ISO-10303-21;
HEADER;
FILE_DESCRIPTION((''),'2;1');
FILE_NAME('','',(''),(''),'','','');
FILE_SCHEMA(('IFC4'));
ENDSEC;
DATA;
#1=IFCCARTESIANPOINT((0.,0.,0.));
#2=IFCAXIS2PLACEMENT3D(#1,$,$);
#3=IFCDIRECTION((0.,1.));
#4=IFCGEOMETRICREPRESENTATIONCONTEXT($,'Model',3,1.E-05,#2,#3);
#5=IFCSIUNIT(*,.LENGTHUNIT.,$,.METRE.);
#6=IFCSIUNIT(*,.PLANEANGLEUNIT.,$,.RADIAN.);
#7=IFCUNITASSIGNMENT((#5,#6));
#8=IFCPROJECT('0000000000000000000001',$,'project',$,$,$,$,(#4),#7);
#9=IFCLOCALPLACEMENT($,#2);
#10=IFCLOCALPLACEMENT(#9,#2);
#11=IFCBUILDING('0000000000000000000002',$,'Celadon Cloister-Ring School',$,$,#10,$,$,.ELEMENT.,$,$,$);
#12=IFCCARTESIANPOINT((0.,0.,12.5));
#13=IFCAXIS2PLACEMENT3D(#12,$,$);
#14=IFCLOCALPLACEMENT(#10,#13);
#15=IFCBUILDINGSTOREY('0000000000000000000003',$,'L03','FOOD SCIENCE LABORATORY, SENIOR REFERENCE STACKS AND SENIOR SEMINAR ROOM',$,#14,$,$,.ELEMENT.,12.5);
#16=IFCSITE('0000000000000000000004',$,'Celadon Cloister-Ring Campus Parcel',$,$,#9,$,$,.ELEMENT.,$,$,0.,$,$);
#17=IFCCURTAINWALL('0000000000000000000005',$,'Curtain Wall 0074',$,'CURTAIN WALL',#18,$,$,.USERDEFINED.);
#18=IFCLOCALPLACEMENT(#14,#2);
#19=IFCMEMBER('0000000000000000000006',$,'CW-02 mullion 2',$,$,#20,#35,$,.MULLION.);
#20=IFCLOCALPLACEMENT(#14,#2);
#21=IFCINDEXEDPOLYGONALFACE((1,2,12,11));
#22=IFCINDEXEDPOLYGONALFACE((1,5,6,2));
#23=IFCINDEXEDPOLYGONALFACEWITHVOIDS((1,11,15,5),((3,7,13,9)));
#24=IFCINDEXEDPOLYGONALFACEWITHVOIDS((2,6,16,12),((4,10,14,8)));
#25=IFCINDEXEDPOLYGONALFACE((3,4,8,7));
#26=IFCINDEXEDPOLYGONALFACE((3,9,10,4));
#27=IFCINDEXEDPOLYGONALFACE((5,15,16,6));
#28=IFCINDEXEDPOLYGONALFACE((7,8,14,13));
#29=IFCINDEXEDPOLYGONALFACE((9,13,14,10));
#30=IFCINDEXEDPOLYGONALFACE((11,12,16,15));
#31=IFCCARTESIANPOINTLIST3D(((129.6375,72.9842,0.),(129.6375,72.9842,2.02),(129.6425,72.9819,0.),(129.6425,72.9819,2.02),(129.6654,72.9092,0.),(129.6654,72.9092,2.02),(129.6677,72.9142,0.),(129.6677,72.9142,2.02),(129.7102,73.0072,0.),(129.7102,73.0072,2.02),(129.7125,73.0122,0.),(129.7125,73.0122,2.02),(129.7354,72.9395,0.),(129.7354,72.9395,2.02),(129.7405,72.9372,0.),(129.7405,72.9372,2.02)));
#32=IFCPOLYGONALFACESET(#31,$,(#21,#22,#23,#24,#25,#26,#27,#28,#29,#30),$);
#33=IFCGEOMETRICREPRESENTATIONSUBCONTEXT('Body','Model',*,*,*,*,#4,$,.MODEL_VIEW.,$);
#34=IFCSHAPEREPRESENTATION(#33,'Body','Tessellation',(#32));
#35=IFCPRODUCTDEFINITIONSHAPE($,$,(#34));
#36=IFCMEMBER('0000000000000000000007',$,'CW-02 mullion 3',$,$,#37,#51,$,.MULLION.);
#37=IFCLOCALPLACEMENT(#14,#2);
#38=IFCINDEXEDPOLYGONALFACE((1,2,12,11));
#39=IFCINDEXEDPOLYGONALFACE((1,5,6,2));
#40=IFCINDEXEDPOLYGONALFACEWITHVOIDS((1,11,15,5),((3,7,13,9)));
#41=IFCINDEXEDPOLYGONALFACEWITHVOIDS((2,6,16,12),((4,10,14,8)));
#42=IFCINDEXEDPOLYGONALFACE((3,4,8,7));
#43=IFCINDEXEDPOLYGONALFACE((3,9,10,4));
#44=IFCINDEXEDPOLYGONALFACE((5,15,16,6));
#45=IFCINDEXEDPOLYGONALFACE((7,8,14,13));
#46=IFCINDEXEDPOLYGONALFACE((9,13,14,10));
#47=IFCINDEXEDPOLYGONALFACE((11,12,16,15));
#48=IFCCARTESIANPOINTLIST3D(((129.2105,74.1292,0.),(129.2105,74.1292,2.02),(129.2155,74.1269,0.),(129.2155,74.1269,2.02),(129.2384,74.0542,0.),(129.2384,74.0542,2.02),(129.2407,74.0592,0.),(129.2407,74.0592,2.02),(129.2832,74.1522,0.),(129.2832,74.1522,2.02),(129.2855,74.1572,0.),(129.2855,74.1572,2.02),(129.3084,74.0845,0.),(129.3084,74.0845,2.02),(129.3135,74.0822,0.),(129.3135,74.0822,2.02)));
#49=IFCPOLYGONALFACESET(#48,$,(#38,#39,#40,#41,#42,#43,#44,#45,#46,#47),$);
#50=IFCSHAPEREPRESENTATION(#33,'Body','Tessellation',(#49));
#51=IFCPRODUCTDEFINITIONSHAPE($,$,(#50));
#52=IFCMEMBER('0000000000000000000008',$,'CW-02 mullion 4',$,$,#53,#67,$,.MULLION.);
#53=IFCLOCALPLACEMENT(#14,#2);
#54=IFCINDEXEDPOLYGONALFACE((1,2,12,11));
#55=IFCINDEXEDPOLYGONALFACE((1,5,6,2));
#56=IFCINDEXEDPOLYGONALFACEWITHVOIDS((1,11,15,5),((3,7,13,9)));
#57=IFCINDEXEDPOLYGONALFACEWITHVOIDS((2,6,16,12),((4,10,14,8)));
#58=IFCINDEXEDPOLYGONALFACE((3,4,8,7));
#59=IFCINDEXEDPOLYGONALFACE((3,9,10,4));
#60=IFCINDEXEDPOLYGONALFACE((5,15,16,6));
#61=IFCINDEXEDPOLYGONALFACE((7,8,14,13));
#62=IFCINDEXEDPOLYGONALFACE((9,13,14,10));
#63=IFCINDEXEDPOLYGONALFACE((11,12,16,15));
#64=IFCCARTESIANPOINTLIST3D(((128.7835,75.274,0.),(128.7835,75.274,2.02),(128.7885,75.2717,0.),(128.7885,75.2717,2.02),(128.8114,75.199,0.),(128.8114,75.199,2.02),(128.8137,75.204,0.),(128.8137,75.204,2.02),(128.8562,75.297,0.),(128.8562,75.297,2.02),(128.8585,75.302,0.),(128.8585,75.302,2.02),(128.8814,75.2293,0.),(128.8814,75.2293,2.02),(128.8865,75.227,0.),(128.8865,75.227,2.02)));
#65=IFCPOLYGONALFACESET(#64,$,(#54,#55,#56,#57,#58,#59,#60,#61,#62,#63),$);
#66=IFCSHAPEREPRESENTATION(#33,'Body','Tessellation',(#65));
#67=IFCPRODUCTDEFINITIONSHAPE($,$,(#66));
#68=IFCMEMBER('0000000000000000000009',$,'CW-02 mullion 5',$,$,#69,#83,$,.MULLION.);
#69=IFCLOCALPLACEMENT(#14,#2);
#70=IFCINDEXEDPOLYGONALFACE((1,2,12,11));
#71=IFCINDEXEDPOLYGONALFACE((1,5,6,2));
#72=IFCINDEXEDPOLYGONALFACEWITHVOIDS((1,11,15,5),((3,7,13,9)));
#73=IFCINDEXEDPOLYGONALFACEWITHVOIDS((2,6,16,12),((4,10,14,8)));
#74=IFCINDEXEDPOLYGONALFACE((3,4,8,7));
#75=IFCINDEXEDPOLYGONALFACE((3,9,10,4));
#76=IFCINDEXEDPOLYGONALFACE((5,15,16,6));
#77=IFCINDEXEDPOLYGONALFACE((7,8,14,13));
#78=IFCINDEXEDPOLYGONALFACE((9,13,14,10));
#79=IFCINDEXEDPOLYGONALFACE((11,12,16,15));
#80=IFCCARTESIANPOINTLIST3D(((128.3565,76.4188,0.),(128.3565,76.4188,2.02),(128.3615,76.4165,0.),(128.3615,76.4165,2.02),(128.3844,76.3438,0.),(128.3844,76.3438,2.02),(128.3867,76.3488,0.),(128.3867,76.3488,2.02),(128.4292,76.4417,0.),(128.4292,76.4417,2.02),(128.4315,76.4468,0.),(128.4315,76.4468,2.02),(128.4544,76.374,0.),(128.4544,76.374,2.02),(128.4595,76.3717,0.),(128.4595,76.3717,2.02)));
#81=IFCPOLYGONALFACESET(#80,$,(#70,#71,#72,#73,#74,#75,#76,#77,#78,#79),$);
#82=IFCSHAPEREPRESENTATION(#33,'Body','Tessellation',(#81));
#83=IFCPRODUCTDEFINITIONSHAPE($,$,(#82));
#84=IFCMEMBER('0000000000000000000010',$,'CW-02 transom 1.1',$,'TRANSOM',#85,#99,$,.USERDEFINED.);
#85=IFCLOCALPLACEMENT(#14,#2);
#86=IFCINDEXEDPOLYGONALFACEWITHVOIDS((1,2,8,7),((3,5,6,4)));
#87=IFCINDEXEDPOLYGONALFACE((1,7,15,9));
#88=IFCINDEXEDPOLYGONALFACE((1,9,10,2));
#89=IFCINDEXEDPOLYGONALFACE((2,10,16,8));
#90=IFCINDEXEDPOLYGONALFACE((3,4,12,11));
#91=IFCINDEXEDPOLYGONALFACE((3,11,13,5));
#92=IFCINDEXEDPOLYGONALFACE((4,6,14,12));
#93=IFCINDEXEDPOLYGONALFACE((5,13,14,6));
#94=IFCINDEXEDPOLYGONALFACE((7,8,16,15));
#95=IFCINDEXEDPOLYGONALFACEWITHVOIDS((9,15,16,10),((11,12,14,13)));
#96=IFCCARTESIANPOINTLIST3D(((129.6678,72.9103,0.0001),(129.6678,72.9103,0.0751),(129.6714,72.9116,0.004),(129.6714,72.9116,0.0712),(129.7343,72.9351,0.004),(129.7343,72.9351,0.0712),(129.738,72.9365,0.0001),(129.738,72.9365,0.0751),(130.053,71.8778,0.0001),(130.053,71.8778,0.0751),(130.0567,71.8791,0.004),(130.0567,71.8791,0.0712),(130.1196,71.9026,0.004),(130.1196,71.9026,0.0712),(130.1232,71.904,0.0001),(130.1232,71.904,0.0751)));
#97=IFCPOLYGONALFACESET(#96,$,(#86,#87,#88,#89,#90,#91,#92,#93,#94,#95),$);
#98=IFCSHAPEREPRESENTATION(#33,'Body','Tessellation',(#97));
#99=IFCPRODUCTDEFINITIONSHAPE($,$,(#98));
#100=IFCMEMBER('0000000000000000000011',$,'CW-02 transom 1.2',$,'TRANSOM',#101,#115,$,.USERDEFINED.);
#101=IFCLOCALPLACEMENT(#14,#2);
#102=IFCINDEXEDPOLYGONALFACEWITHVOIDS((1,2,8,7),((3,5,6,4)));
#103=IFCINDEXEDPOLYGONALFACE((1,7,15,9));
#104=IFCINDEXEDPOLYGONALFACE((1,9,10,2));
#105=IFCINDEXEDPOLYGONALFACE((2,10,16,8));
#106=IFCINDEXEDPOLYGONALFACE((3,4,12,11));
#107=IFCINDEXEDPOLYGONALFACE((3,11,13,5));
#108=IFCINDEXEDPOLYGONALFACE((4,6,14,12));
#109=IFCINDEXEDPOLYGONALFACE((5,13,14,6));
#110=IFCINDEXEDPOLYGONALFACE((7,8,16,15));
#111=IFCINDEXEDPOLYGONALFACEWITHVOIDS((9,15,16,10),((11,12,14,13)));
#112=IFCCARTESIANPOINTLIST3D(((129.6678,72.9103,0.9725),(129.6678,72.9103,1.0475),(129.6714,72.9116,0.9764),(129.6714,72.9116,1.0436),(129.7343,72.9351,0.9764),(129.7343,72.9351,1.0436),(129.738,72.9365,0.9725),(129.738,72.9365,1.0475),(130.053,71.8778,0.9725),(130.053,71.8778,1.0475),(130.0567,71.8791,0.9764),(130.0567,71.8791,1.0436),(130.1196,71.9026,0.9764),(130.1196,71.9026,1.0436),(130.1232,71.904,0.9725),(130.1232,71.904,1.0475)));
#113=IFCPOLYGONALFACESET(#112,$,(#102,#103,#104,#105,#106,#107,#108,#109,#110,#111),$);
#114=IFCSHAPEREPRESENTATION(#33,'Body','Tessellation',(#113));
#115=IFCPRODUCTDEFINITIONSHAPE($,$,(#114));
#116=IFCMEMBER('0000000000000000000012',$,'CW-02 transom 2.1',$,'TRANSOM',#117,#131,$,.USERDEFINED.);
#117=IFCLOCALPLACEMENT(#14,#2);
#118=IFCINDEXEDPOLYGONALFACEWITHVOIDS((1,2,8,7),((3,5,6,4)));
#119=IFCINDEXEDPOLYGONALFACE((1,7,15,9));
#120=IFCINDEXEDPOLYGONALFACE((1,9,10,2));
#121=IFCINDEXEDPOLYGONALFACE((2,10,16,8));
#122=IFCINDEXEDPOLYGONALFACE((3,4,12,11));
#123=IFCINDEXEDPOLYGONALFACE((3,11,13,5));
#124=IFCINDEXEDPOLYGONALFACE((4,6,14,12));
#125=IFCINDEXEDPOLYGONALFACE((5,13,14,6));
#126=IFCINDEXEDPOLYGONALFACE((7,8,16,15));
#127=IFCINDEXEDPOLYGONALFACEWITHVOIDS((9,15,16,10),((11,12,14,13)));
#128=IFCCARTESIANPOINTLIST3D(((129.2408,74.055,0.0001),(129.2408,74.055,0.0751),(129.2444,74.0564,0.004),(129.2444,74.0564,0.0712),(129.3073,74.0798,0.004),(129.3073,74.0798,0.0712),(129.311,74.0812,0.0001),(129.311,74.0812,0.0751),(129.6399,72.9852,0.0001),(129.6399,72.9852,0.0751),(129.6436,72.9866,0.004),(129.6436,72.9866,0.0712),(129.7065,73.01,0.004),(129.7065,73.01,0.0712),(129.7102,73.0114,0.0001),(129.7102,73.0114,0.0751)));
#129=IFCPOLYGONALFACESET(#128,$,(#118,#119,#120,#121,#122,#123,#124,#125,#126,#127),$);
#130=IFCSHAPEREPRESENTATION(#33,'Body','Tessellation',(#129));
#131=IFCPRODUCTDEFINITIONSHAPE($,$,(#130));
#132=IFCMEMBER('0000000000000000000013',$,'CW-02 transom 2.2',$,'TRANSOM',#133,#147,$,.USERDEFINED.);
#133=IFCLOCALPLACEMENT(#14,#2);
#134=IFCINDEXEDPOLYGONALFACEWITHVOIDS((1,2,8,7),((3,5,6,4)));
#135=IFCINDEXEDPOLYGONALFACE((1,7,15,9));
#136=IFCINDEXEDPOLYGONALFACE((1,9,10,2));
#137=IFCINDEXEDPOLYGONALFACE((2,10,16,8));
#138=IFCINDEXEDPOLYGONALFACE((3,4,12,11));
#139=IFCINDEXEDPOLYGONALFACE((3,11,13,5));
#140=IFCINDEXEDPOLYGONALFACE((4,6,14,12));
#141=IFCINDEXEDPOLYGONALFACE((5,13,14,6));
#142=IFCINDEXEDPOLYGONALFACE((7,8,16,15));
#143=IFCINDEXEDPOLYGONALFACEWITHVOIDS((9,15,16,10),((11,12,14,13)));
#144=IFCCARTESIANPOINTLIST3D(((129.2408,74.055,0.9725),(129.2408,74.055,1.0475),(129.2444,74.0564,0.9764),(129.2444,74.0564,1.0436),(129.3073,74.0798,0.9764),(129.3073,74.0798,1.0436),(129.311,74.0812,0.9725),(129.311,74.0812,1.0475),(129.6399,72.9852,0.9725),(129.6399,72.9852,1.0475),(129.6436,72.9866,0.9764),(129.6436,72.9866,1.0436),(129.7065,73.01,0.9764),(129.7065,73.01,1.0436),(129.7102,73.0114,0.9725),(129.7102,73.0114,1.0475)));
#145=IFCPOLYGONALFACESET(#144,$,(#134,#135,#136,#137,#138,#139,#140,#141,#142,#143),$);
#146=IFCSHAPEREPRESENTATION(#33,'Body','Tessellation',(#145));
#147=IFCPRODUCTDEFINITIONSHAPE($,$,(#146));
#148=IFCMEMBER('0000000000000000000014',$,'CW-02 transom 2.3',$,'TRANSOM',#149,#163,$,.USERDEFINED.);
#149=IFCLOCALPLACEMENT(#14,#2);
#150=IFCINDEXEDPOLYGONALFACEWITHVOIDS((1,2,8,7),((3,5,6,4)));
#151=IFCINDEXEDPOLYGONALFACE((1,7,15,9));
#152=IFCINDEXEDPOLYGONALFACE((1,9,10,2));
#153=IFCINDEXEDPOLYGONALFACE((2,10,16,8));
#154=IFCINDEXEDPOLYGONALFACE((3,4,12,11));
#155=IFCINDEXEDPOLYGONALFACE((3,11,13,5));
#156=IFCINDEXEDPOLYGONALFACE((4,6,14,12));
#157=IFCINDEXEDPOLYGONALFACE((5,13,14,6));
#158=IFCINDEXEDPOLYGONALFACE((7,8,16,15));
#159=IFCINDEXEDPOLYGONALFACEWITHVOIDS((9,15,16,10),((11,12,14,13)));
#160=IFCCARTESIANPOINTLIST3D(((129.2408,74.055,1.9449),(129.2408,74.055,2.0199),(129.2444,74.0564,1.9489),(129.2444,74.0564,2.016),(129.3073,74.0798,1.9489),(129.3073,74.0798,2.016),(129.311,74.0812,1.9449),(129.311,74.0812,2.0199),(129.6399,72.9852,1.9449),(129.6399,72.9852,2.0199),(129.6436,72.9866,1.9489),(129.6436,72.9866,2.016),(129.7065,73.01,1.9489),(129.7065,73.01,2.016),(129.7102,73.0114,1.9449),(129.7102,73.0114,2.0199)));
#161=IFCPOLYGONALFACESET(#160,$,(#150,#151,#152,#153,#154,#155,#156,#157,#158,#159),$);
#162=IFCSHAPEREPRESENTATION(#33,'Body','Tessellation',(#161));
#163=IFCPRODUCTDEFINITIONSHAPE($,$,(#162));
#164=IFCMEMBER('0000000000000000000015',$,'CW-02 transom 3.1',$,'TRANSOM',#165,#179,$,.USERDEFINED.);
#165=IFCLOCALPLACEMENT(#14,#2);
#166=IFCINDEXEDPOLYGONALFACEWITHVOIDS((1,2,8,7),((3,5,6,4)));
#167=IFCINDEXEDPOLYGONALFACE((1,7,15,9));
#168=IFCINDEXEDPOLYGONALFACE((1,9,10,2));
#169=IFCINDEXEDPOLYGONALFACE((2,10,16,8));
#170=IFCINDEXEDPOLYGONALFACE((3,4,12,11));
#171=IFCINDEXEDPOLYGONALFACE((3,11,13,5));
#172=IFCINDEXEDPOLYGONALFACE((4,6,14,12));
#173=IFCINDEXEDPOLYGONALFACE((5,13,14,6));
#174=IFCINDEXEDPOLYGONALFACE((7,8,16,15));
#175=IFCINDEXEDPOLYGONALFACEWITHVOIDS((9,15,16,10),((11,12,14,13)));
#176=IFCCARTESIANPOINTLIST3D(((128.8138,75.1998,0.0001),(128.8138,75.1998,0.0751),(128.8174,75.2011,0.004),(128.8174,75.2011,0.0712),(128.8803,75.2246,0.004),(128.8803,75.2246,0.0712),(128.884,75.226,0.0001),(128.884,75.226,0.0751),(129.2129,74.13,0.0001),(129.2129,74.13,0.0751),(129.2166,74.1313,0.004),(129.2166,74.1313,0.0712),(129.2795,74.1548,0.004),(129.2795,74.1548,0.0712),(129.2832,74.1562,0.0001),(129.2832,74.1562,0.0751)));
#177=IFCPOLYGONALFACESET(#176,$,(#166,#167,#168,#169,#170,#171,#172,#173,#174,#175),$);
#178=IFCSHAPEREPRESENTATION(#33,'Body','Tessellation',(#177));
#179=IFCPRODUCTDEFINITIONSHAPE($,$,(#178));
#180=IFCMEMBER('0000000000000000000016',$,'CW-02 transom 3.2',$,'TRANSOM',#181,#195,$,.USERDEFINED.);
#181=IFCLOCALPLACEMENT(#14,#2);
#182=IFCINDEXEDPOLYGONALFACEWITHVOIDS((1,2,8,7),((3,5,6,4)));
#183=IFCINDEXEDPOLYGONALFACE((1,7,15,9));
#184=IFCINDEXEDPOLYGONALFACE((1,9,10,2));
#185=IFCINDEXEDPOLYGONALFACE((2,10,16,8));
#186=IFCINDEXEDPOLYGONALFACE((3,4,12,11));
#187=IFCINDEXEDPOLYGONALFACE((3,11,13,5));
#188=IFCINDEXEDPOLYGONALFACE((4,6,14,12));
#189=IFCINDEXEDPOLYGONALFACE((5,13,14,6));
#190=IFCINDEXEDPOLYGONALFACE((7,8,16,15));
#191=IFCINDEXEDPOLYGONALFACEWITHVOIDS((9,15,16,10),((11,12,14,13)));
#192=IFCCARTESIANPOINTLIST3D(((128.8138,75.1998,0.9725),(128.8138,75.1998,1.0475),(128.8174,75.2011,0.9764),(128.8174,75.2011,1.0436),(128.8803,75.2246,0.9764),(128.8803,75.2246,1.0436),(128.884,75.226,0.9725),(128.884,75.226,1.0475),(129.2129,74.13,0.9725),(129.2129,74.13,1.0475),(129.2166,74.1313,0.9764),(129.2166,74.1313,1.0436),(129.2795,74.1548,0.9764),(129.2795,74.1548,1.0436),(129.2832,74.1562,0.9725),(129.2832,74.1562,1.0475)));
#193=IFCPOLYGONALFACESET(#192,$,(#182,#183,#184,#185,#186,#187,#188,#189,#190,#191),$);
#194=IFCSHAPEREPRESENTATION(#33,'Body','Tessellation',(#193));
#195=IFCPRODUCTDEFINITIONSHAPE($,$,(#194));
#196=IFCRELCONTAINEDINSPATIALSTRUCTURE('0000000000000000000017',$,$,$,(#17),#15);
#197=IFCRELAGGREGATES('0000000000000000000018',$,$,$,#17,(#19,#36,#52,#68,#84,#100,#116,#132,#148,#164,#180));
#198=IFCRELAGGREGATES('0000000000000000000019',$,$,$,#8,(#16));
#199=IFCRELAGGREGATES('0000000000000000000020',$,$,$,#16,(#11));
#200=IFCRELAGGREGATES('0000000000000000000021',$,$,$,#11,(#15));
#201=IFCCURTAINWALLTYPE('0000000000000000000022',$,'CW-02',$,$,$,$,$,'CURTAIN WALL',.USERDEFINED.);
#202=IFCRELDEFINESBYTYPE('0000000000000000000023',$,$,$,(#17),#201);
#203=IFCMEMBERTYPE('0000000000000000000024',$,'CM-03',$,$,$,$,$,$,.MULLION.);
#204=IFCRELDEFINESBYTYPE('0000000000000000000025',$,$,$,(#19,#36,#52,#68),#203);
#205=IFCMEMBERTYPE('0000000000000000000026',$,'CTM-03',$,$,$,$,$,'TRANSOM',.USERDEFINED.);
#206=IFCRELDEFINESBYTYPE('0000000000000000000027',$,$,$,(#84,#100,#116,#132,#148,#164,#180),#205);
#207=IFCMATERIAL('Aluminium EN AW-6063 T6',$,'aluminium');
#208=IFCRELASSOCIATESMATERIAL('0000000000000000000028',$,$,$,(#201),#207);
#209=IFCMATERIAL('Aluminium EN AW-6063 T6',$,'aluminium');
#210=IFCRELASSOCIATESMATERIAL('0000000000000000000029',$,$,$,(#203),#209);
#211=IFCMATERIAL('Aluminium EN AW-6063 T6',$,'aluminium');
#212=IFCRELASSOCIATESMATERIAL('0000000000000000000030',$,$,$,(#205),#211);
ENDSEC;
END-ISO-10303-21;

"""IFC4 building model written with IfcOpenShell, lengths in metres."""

from ifc_helpers import new_model, si_unit, direction, frame, origin, origin_2d, place, context, subcontext, project, spatial, hollow_rectangle, extrude, material, material_profile, profile_set, type_object, element, aggregate, save


model = new_model("IFC4")

# Units and contexts
model_context = context("Model", 3, precision=1e-05, world=origin(), true_north=direction((0.0, 1.0)))
body_context = subcontext(model_context, "Body", "Model", "MODEL_VIEW")
ifc_project = project(units=[si_unit("LENGTHUNIT", "METRE"), si_unit("PLANEANGLEUNIT", "RADIAN")], contexts=[model_context])

# Site, building, storey
site_placement = place(None, origin())
site = spatial("IfcSite", under=ifc_project, at=site_placement, Name="Celadon Cloister-Ring Campus Parcel", CompositionType="ELEMENT", RefElevation=0.0)
building_placement = place(site_placement, origin())
building = spatial("IfcBuilding", under=site, at=building_placement, Name="Celadon Cloister-Ring School", CompositionType="ELEMENT")
storey_placement = place(building_placement, frame((0.0, 0.0, 12.5)))
storey = spatial("IfcBuildingStorey", under=building, at=storey_placement, Name="L03", Description="FOOD SCIENCE LABORATORY, SENIOR REFERENCE STACKS AND SENIOR SEMINAR ROOM", CompositionType="ELEMENT", Elevation=12.5)

# Curtain wall, members
ifc_material_1 = material(Name="Aluminium EN AW-6063 T6", Category="aluminium")
curtain_wall_type = type_object("IfcCurtainWallType", Name="CW-02", ElementType="CURTAIN WALL", PredefinedType="USERDEFINED", material=ifc_material_1)
curtain_wall_placement = place(storey_placement, origin())
curtain_wall = element("IfcCurtainWall", 1, at=curtain_wall_placement, inside=storey, type_object=curtain_wall_type, Name="Curtain Wall 0074", ObjectType="CURTAIN WALL", PredefinedType="USERDEFINED")
ifc_material_2 = material(Name="Aluminium EN AW-6063 T6", Category="aluminium")
ifc_material_profile_1 = material_profile(ifc_material_2, hollow_rectangle(XDim=0.0801, YDim=0.0801, WallThickness=0.0039, at=origin_2d()), Name="RHS80X80X4")
ifc_profile_set_1 = profile_set([ifc_material_profile_1], Name="Aluminium EN AW-6063 T6")
member_type_1 = type_object("IfcMemberType", Name="CM-03", PredefinedType="MULLION", material=ifc_profile_set_1)
member_1_placement = place(storey_placement, frame((129.689, 72.9607, 0.0), z_axis=(0.0, 0.0, 1.0), x_axis=(-0.936947, -0.349473, 0.0)))
member_1 = element("IfcMember", 2, at=member_1_placement, type_object=member_type_1, Name="CW-02 mullion 2", PredefinedType="MULLION", context=body_context, shape_type="SweptSolid", body=[
    extrude(hollow_rectangle(XDim=0.0801, YDim=0.0801, WallThickness=0.0039, at=origin_2d()), origin(), (0.0, 0.0, 1.0), 2.02),
])
member_2_placement = place(storey_placement, frame((129.262, 74.1057, 0.0), z_axis=(0.0, 0.0, 1.0), x_axis=(-0.936947, -0.349473, 0.0)))
member_2 = element("IfcMember", 3, at=member_2_placement, type_object=member_type_1, Name="CW-02 mullion 3", PredefinedType="MULLION", context=body_context, shape_type="SweptSolid", body=[
    extrude(hollow_rectangle(XDim=0.0801, YDim=0.0801, WallThickness=0.0039, at=origin_2d()), origin(), (0.0, 0.0, 1.0), 2.02),
])
member_3_placement = place(storey_placement, frame((128.835, 75.2505, 0.0), z_axis=(0.0, 0.0, 1.0), x_axis=(-0.936947, -0.349473, 0.0)))
member_3 = element("IfcMember", 4, at=member_3_placement, type_object=member_type_1, Name="CW-02 mullion 4", PredefinedType="MULLION", context=body_context, shape_type="SweptSolid", body=[
    extrude(hollow_rectangle(XDim=0.0801, YDim=0.0801, WallThickness=0.0039, at=origin_2d()), origin(), (0.0, 0.0, 1.0), 2.02),
])
member_4_placement = place(storey_placement, frame((128.408, 76.3953, 0.0), z_axis=(0.0, 0.0, 1.0), x_axis=(-0.936947, -0.349473, 0.0)))
member_4 = element("IfcMember", 5, at=member_4_placement, type_object=member_type_1, Name="CW-02 mullion 5", PredefinedType="MULLION", context=body_context, shape_type="SweptSolid", body=[
    extrude(hollow_rectangle(XDim=0.0801, YDim=0.0801, WallThickness=0.0039, at=origin_2d()), origin(), (0.0, 0.0, 1.0), 2.02),
])
ifc_material_3 = material(Name="Aluminium EN AW-6063 T6", Category="aluminium")
ifc_material_profile_2 = material_profile(ifc_material_3, hollow_rectangle(XDim=0.075, YDim=0.075, WallThickness=0.0039, at=origin_2d()), Name="RHS75X75X4")
ifc_profile_set_2 = profile_set([ifc_material_profile_2], Name="Aluminium EN AW-6063 T6")
member_type_2 = type_object("IfcMemberType", Name="CTM-03", ElementType="TRANSOM", PredefinedType="USERDEFINED", material=ifc_profile_set_2)
member_5_placement = place(storey_placement, frame((130.0881, 71.8909, 0.0376), z_axis=(-0.349593, 0.936902, 0.0), x_axis=(-0.936902, -0.349593, 0.0)))
member_5 = element("IfcMember", 6, at=member_5_placement, type_object=member_type_2, Name="CW-02 transom 1.1", ObjectType="TRANSOM", PredefinedType="USERDEFINED", context=body_context, shape_type="SweptSolid", body=[
    extrude(hollow_rectangle(XDim=0.075, YDim=0.075, WallThickness=0.0039, at=origin_2d()), origin(), (0.0, 0.0, 1.0), 1.1021),
])
member_6_placement = place(storey_placement, frame((130.0881, 71.8909, 1.01), z_axis=(-0.349593, 0.936902, 0.0), x_axis=(-0.936902, -0.349593, 0.0)))
member_6 = element("IfcMember", 7, at=member_6_placement, type_object=member_type_2, Name="CW-02 transom 1.2", ObjectType="TRANSOM", PredefinedType="USERDEFINED", context=body_context, shape_type="SweptSolid", body=[
    extrude(hollow_rectangle(XDim=0.075, YDim=0.075, WallThickness=0.0039, at=origin_2d()), origin(), (0.0, 0.0, 1.0), 1.1021),
])
member_7_placement = place(storey_placement, frame((129.675, 72.9983, 0.0376), z_axis=(-0.349577, 0.936908, 0.0), x_axis=(-0.936908, -0.349577, 0.0)))
member_7 = element("IfcMember", 8, at=member_7_placement, type_object=member_type_2, Name="CW-02 transom 2.1", ObjectType="TRANSOM", PredefinedType="USERDEFINED", context=body_context, shape_type="SweptSolid", body=[
    extrude(hollow_rectangle(XDim=0.075, YDim=0.075, WallThickness=0.0039, at=origin_2d()), origin(), (0.0, 0.0, 1.0), 1.1418),
])
member_8_placement = place(storey_placement, frame((129.675, 72.9983, 1.01), z_axis=(-0.349577, 0.936908, 0.0), x_axis=(-0.936908, -0.349577, 0.0)))
member_8 = element("IfcMember", 9, at=member_8_placement, type_object=member_type_2, Name="CW-02 transom 2.2", ObjectType="TRANSOM", PredefinedType="USERDEFINED", context=body_context, shape_type="SweptSolid", body=[
    extrude(hollow_rectangle(XDim=0.075, YDim=0.075, WallThickness=0.0039, at=origin_2d()), origin(), (0.0, 0.0, 1.0), 1.1418),
])
member_9_placement = place(storey_placement, frame((129.675, 72.9983, 1.9824), z_axis=(-0.349577, 0.936908, 0.0), x_axis=(-0.936908, -0.349577, 0.0)))
member_9 = element("IfcMember", 10, at=member_9_placement, type_object=member_type_2, Name="CW-02 transom 2.3", ObjectType="TRANSOM", PredefinedType="USERDEFINED", context=body_context, shape_type="SweptSolid", body=[
    extrude(hollow_rectangle(XDim=0.075, YDim=0.075, WallThickness=0.0039, at=origin_2d()), origin(), (0.0, 0.0, 1.0), 1.1418),
])
member_10_placement = place(storey_placement, frame((129.248, 74.1431, 0.0376), z_axis=(-0.349577, 0.936908, 0.0), x_axis=(-0.936908, -0.349577, 0.0)))
member_10 = element("IfcMember", 11, at=member_10_placement, type_object=member_type_2, Name="CW-02 transom 3.1", ObjectType="TRANSOM", PredefinedType="USERDEFINED", context=body_context, shape_type="SweptSolid", body=[
    extrude(hollow_rectangle(XDim=0.075, YDim=0.075, WallThickness=0.0039, at=origin_2d()), origin(), (0.0, 0.0, 1.0), 1.1418),
])
member_11_placement = place(storey_placement, frame((129.248, 74.1431, 1.01), z_axis=(-0.349577, 0.936908, 0.0), x_axis=(-0.936908, -0.349577, 0.0)))
member_11 = element("IfcMember", 12, at=member_11_placement, type_object=member_type_2, Name="CW-02 transom 3.2", ObjectType="TRANSOM", PredefinedType="USERDEFINED", context=body_context, shape_type="SweptSolid", body=[
    extrude(hollow_rectangle(XDim=0.075, YDim=0.075, WallThickness=0.0039, at=origin_2d()), origin(), (0.0, 0.0, 1.0), 1.1418),
])
aggregate(curtain_wall, [member_1, member_2, member_3, member_4, member_5, member_6, member_7, member_8, member_9, member_10, member_11])

save(model, "model.ifc")
